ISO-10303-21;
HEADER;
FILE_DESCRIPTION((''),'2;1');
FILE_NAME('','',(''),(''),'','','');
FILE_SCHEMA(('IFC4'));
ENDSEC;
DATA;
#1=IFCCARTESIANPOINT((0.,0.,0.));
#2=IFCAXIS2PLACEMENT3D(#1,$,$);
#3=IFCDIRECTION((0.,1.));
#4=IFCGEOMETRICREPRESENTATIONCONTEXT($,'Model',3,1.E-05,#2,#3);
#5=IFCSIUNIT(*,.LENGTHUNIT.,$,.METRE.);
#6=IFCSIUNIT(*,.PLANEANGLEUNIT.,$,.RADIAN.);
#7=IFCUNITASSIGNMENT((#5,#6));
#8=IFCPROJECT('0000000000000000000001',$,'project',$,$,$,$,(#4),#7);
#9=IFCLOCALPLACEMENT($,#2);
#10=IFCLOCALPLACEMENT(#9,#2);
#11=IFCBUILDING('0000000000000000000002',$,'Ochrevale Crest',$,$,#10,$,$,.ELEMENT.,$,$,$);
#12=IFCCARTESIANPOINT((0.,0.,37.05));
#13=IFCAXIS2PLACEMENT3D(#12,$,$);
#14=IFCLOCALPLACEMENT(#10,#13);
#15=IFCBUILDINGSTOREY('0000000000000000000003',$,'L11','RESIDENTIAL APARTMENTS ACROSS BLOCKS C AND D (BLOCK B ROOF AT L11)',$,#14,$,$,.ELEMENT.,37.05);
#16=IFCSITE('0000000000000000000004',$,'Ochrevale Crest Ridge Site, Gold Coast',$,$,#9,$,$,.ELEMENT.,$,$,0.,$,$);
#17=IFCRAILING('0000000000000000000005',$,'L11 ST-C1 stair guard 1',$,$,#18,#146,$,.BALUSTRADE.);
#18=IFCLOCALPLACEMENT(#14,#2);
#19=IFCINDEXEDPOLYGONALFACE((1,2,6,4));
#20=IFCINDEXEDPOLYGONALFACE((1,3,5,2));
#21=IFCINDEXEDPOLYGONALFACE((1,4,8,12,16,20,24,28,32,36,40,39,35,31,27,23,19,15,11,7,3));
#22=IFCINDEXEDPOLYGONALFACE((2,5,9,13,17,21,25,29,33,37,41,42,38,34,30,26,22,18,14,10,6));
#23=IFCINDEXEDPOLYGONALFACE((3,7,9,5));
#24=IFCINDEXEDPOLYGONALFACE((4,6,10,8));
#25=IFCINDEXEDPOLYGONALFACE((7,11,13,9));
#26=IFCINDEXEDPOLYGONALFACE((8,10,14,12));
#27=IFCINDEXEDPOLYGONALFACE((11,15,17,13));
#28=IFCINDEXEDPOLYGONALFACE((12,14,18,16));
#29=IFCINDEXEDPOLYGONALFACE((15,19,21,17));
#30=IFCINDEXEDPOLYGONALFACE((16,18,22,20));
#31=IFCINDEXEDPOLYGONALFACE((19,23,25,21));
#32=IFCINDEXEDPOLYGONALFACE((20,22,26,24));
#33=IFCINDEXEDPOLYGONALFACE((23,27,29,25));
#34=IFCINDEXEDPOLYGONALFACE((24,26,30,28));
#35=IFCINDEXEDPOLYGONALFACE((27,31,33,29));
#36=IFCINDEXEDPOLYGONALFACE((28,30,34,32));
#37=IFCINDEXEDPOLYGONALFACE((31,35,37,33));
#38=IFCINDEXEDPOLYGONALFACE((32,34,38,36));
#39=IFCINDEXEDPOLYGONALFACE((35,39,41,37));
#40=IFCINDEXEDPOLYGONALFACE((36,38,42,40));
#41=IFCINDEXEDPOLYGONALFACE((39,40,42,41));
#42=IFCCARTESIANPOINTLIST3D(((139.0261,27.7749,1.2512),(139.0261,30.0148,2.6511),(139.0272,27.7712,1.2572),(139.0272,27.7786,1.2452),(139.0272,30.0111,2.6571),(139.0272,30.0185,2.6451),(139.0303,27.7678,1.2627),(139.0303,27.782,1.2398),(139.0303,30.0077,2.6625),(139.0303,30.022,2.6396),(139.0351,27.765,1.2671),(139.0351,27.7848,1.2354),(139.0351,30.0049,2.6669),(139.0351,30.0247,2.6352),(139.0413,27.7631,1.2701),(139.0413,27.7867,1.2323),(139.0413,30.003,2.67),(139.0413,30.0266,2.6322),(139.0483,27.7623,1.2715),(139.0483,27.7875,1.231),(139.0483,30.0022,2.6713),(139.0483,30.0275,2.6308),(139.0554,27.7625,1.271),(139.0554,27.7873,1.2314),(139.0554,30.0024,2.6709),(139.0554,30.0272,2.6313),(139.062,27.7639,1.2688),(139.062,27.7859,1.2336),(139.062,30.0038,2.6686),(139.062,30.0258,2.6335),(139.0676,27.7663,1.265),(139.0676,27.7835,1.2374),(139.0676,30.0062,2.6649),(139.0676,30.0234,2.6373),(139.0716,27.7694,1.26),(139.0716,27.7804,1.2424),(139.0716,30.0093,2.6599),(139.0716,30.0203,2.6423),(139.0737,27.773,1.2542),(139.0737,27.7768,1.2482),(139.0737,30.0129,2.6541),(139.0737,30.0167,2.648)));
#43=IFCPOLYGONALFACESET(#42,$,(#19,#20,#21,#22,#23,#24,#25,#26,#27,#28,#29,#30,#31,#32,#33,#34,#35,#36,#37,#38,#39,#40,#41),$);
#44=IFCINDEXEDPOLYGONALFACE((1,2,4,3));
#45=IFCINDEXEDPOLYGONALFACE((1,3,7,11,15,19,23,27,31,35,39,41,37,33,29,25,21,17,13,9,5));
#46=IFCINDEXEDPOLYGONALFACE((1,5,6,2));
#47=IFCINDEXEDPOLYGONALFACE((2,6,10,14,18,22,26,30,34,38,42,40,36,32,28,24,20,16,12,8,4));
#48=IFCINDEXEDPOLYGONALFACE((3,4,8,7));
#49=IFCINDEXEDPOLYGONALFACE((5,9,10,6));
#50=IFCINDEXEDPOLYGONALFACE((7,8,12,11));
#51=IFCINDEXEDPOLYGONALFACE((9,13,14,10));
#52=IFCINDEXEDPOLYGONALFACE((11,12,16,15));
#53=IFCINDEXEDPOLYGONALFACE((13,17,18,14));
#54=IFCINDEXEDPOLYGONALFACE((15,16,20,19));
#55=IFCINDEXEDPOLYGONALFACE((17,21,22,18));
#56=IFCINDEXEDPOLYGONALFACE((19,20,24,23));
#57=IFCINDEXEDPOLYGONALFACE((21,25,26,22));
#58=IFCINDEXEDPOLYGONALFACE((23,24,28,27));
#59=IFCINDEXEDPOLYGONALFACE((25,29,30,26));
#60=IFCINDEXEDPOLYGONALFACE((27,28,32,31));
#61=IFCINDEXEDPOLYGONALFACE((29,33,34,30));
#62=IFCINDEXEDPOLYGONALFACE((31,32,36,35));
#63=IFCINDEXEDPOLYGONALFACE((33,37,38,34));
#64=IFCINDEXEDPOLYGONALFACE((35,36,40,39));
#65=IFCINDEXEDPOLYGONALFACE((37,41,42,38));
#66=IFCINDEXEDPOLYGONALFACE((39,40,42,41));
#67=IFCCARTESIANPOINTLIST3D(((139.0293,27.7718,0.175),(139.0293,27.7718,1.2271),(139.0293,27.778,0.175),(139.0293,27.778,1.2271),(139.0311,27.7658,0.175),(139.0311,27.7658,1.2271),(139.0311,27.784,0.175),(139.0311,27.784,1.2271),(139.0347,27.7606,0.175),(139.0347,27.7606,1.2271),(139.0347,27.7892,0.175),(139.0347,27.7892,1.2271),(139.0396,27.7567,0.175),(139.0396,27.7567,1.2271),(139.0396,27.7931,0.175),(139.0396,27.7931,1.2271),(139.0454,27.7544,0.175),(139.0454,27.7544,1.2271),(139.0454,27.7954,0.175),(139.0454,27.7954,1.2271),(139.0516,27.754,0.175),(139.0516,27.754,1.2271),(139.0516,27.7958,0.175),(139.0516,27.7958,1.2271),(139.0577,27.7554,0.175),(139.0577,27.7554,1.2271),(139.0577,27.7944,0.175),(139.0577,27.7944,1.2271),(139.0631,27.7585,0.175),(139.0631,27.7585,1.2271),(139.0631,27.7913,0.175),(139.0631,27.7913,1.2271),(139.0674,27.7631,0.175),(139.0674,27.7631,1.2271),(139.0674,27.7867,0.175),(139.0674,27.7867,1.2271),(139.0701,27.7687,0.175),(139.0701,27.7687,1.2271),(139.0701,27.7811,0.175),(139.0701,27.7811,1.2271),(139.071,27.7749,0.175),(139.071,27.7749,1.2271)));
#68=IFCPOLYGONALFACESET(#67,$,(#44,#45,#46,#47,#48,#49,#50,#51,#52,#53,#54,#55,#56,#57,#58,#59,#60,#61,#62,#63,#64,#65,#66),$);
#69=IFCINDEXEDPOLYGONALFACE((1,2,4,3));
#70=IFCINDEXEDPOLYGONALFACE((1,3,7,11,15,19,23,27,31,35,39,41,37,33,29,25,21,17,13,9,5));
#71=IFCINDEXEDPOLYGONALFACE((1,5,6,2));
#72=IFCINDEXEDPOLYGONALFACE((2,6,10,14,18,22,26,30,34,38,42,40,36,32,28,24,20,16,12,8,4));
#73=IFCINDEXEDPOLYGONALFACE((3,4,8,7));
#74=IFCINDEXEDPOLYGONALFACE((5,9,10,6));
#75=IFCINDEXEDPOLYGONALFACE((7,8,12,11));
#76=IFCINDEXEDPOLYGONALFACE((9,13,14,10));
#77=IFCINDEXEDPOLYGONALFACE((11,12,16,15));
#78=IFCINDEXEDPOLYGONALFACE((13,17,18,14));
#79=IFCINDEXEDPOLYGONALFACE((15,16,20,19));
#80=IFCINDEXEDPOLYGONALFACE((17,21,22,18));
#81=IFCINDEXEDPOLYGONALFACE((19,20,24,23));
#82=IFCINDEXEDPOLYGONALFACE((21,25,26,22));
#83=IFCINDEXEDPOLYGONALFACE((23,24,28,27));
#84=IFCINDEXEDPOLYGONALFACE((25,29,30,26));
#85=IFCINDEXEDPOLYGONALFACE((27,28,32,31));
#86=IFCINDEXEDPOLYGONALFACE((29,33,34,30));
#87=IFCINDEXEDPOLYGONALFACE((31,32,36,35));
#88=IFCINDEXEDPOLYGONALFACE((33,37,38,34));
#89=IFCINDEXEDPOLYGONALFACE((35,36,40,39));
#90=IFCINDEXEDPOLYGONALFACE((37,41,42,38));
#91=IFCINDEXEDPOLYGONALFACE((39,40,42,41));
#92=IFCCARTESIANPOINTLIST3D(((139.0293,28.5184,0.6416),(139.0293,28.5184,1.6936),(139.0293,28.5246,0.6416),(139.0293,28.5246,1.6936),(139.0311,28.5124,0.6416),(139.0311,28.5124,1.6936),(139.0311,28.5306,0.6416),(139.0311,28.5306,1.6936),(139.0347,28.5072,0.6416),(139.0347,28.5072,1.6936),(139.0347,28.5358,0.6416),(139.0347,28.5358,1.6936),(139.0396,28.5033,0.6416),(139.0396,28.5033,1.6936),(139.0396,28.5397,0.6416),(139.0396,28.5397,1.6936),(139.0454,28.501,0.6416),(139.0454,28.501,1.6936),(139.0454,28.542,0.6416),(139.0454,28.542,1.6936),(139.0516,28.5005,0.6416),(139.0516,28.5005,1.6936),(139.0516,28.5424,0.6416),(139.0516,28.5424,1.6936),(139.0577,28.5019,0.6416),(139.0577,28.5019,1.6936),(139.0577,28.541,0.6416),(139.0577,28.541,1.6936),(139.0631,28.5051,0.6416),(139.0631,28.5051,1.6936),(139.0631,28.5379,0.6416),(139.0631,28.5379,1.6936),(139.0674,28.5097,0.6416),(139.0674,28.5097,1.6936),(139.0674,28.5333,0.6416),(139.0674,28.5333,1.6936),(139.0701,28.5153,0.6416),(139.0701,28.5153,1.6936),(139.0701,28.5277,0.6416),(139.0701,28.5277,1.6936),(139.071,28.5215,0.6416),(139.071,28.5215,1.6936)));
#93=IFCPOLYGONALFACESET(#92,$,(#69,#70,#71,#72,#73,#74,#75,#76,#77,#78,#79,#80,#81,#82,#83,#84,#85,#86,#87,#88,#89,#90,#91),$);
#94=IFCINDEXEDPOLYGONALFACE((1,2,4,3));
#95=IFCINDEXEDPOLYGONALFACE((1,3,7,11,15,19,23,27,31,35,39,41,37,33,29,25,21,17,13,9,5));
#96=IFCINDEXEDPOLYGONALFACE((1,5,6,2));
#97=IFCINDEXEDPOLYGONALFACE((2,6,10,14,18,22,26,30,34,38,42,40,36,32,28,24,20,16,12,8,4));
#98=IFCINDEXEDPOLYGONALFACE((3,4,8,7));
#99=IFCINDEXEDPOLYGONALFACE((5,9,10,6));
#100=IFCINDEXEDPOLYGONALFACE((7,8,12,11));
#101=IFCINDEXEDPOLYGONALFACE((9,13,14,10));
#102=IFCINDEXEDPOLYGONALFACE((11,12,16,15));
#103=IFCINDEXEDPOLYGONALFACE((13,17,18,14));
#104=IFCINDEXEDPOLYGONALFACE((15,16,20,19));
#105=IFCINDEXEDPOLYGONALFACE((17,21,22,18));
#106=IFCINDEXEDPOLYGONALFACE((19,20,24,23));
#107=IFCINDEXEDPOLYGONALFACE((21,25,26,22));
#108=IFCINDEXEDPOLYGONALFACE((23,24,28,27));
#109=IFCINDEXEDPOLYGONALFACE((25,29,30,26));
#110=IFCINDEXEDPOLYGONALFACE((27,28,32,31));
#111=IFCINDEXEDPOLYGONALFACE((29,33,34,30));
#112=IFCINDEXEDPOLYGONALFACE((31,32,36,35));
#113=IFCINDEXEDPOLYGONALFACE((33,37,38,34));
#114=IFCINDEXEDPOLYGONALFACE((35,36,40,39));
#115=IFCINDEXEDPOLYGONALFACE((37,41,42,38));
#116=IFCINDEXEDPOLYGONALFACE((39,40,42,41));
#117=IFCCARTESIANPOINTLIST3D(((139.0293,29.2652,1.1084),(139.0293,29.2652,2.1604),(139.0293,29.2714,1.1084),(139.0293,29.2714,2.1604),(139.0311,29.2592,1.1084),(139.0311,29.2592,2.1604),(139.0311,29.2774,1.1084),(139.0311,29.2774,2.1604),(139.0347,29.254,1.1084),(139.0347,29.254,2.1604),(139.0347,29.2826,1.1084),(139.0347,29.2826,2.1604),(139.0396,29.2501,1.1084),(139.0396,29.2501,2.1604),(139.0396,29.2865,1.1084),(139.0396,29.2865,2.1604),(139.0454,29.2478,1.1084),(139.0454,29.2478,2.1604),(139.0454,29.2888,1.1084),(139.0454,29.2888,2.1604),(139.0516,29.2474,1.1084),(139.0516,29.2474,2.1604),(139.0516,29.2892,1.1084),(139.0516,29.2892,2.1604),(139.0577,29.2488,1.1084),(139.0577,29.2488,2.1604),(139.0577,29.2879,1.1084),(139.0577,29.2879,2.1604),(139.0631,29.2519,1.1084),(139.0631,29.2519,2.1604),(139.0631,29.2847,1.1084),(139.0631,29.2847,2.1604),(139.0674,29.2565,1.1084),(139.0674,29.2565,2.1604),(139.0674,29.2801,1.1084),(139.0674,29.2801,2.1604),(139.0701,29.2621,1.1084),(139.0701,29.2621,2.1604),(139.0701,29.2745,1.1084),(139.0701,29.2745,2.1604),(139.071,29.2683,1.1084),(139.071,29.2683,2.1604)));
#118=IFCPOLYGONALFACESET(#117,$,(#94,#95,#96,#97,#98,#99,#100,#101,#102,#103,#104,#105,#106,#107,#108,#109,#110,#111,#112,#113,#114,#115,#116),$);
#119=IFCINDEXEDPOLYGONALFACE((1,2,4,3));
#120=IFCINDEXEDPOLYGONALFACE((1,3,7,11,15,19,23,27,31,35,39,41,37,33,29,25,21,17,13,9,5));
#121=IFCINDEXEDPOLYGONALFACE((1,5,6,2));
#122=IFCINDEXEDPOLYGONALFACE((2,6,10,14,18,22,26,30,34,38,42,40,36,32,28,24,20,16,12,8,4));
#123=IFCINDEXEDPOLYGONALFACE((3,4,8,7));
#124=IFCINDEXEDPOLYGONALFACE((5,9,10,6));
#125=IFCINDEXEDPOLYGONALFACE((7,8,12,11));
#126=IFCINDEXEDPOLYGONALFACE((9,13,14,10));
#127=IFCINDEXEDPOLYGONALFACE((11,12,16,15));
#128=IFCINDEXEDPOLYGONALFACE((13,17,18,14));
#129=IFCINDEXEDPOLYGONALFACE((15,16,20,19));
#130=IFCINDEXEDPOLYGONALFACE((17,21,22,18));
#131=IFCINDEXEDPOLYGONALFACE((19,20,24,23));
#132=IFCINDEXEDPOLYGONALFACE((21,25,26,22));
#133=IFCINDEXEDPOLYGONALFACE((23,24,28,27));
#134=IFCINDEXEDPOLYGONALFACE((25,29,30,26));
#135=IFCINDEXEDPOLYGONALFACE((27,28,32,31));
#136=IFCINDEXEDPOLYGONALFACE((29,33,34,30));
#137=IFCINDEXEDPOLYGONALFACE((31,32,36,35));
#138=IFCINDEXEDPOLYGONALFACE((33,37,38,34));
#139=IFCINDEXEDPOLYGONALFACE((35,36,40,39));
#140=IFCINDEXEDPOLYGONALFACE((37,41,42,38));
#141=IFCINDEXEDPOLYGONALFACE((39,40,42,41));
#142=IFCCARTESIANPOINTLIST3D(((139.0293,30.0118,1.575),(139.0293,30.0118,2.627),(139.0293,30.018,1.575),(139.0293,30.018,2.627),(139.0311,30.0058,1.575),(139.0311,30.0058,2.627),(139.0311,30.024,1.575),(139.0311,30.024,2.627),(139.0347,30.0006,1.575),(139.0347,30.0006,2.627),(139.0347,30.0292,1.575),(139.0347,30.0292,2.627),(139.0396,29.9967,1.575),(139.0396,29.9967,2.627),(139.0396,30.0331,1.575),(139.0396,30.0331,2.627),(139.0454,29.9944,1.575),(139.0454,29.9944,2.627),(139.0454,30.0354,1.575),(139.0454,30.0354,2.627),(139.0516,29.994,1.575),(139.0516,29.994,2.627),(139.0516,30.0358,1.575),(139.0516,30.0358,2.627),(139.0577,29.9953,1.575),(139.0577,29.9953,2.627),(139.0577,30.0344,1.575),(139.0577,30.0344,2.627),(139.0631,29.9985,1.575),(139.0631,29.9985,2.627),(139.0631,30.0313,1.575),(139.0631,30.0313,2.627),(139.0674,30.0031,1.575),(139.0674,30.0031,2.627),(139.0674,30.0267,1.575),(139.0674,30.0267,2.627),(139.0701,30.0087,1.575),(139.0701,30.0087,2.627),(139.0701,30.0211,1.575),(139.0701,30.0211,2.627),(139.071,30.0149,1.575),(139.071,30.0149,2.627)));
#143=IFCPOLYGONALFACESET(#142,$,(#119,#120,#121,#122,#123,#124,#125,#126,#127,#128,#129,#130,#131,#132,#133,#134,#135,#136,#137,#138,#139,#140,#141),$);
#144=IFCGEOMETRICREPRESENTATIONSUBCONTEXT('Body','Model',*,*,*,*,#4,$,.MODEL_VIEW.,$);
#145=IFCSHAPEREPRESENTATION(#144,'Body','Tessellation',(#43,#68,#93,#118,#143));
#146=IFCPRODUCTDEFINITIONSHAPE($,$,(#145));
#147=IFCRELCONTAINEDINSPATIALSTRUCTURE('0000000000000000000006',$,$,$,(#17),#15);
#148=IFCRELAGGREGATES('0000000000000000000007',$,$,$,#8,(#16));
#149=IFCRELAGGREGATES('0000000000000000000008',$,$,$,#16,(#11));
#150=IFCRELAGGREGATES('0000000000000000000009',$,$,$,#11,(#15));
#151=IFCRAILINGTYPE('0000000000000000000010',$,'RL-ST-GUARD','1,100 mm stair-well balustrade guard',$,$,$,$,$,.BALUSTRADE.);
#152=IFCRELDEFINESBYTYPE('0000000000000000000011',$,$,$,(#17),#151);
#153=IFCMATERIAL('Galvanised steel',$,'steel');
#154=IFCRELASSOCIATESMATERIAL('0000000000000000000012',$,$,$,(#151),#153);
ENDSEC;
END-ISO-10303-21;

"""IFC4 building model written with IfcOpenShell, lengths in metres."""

from ifc_helpers import new_model, si_unit, direction, frame, origin, origin_2d, place, context, subcontext, project, spatial, circle, extrude, material, type_object, element, save


model = new_model("IFC4")

# Units and contexts
model_context = context("Model", 3, precision=1e-05, world=origin(), true_north=direction((0.0, 1.0)))
body_context = subcontext(model_context, "Body", "Model", "MODEL_VIEW")
ifc_project = project(units=[si_unit("LENGTHUNIT", "METRE"), si_unit("PLANEANGLEUNIT", "RADIAN")], contexts=[model_context])

# Site, building, storey
site_placement = place(None, origin())
site = spatial("IfcSite", under=ifc_project, at=site_placement, Name="Ochrevale Crest Ridge Site, Gold Coast", CompositionType="ELEMENT", RefElevation=0.0)
building_placement = place(site_placement, origin())
building = spatial("IfcBuilding", under=site, at=building_placement, Name="Ochrevale Crest", CompositionType="ELEMENT")
storey_placement = place(building_placement, frame((0.0, 0.0, 37.05)))
storey = spatial("IfcBuildingStorey", under=building, at=storey_placement, Name="L11", Description="RESIDENTIAL APARTMENTS ACROSS BLOCKS C AND D (BLOCK B ROOF AT L11)", CompositionType="ELEMENT", Elevation=37.05)

# Railing
ifc_material_1 = material(Name="Galvanised steel", Category="steel")
railing_type_1 = type_object("IfcRailingType", Name="RL-ST-GUARD", Description="1,100 mm stair-well balustrade guard", PredefinedType="BALUSTRADE", material=ifc_material_1)
railing_1_placement = place(storey_placement, frame((139.05, 27.7749, 0.175)))
element("IfcRailing", 1, at=railing_1_placement, inside=storey, type_object=railing_type_1, Name="L11 ST-C1 stair guard 1", PredefinedType="BALUSTRADE", context=body_context, shape_type="SweptSolid", body=[
    extrude(circle(Radius=0.0239, at=origin_2d()), frame((0.0, 0.0, 1.0762), z_axis=(0.0, 0.848014, 0.529974), x_axis=(-1.0, 0.0, 0.0)), (0.0, 0.0, 1.0), 2.6414),
    extrude(circle(Radius=0.021, at=origin_2d()), origin(), (0.0, 0.0, 1.0), 1.052),
    extrude(circle(Radius=0.021, at=origin_2d()), frame((0.0, 0.7466, 0.4666)), (0.0, 0.0, 1.0), 1.052),
    extrude(circle(Radius=0.021, at=origin_2d()), frame((0.0, 1.4934, 0.9333)), (0.0, 0.0, 1.0), 1.052),
    extrude(circle(Radius=0.021, at=origin_2d()), frame((0.0, 2.24, 1.3999)), (0.0, 0.0, 1.0), 1.052),
])

save(model, "model.ifc")
